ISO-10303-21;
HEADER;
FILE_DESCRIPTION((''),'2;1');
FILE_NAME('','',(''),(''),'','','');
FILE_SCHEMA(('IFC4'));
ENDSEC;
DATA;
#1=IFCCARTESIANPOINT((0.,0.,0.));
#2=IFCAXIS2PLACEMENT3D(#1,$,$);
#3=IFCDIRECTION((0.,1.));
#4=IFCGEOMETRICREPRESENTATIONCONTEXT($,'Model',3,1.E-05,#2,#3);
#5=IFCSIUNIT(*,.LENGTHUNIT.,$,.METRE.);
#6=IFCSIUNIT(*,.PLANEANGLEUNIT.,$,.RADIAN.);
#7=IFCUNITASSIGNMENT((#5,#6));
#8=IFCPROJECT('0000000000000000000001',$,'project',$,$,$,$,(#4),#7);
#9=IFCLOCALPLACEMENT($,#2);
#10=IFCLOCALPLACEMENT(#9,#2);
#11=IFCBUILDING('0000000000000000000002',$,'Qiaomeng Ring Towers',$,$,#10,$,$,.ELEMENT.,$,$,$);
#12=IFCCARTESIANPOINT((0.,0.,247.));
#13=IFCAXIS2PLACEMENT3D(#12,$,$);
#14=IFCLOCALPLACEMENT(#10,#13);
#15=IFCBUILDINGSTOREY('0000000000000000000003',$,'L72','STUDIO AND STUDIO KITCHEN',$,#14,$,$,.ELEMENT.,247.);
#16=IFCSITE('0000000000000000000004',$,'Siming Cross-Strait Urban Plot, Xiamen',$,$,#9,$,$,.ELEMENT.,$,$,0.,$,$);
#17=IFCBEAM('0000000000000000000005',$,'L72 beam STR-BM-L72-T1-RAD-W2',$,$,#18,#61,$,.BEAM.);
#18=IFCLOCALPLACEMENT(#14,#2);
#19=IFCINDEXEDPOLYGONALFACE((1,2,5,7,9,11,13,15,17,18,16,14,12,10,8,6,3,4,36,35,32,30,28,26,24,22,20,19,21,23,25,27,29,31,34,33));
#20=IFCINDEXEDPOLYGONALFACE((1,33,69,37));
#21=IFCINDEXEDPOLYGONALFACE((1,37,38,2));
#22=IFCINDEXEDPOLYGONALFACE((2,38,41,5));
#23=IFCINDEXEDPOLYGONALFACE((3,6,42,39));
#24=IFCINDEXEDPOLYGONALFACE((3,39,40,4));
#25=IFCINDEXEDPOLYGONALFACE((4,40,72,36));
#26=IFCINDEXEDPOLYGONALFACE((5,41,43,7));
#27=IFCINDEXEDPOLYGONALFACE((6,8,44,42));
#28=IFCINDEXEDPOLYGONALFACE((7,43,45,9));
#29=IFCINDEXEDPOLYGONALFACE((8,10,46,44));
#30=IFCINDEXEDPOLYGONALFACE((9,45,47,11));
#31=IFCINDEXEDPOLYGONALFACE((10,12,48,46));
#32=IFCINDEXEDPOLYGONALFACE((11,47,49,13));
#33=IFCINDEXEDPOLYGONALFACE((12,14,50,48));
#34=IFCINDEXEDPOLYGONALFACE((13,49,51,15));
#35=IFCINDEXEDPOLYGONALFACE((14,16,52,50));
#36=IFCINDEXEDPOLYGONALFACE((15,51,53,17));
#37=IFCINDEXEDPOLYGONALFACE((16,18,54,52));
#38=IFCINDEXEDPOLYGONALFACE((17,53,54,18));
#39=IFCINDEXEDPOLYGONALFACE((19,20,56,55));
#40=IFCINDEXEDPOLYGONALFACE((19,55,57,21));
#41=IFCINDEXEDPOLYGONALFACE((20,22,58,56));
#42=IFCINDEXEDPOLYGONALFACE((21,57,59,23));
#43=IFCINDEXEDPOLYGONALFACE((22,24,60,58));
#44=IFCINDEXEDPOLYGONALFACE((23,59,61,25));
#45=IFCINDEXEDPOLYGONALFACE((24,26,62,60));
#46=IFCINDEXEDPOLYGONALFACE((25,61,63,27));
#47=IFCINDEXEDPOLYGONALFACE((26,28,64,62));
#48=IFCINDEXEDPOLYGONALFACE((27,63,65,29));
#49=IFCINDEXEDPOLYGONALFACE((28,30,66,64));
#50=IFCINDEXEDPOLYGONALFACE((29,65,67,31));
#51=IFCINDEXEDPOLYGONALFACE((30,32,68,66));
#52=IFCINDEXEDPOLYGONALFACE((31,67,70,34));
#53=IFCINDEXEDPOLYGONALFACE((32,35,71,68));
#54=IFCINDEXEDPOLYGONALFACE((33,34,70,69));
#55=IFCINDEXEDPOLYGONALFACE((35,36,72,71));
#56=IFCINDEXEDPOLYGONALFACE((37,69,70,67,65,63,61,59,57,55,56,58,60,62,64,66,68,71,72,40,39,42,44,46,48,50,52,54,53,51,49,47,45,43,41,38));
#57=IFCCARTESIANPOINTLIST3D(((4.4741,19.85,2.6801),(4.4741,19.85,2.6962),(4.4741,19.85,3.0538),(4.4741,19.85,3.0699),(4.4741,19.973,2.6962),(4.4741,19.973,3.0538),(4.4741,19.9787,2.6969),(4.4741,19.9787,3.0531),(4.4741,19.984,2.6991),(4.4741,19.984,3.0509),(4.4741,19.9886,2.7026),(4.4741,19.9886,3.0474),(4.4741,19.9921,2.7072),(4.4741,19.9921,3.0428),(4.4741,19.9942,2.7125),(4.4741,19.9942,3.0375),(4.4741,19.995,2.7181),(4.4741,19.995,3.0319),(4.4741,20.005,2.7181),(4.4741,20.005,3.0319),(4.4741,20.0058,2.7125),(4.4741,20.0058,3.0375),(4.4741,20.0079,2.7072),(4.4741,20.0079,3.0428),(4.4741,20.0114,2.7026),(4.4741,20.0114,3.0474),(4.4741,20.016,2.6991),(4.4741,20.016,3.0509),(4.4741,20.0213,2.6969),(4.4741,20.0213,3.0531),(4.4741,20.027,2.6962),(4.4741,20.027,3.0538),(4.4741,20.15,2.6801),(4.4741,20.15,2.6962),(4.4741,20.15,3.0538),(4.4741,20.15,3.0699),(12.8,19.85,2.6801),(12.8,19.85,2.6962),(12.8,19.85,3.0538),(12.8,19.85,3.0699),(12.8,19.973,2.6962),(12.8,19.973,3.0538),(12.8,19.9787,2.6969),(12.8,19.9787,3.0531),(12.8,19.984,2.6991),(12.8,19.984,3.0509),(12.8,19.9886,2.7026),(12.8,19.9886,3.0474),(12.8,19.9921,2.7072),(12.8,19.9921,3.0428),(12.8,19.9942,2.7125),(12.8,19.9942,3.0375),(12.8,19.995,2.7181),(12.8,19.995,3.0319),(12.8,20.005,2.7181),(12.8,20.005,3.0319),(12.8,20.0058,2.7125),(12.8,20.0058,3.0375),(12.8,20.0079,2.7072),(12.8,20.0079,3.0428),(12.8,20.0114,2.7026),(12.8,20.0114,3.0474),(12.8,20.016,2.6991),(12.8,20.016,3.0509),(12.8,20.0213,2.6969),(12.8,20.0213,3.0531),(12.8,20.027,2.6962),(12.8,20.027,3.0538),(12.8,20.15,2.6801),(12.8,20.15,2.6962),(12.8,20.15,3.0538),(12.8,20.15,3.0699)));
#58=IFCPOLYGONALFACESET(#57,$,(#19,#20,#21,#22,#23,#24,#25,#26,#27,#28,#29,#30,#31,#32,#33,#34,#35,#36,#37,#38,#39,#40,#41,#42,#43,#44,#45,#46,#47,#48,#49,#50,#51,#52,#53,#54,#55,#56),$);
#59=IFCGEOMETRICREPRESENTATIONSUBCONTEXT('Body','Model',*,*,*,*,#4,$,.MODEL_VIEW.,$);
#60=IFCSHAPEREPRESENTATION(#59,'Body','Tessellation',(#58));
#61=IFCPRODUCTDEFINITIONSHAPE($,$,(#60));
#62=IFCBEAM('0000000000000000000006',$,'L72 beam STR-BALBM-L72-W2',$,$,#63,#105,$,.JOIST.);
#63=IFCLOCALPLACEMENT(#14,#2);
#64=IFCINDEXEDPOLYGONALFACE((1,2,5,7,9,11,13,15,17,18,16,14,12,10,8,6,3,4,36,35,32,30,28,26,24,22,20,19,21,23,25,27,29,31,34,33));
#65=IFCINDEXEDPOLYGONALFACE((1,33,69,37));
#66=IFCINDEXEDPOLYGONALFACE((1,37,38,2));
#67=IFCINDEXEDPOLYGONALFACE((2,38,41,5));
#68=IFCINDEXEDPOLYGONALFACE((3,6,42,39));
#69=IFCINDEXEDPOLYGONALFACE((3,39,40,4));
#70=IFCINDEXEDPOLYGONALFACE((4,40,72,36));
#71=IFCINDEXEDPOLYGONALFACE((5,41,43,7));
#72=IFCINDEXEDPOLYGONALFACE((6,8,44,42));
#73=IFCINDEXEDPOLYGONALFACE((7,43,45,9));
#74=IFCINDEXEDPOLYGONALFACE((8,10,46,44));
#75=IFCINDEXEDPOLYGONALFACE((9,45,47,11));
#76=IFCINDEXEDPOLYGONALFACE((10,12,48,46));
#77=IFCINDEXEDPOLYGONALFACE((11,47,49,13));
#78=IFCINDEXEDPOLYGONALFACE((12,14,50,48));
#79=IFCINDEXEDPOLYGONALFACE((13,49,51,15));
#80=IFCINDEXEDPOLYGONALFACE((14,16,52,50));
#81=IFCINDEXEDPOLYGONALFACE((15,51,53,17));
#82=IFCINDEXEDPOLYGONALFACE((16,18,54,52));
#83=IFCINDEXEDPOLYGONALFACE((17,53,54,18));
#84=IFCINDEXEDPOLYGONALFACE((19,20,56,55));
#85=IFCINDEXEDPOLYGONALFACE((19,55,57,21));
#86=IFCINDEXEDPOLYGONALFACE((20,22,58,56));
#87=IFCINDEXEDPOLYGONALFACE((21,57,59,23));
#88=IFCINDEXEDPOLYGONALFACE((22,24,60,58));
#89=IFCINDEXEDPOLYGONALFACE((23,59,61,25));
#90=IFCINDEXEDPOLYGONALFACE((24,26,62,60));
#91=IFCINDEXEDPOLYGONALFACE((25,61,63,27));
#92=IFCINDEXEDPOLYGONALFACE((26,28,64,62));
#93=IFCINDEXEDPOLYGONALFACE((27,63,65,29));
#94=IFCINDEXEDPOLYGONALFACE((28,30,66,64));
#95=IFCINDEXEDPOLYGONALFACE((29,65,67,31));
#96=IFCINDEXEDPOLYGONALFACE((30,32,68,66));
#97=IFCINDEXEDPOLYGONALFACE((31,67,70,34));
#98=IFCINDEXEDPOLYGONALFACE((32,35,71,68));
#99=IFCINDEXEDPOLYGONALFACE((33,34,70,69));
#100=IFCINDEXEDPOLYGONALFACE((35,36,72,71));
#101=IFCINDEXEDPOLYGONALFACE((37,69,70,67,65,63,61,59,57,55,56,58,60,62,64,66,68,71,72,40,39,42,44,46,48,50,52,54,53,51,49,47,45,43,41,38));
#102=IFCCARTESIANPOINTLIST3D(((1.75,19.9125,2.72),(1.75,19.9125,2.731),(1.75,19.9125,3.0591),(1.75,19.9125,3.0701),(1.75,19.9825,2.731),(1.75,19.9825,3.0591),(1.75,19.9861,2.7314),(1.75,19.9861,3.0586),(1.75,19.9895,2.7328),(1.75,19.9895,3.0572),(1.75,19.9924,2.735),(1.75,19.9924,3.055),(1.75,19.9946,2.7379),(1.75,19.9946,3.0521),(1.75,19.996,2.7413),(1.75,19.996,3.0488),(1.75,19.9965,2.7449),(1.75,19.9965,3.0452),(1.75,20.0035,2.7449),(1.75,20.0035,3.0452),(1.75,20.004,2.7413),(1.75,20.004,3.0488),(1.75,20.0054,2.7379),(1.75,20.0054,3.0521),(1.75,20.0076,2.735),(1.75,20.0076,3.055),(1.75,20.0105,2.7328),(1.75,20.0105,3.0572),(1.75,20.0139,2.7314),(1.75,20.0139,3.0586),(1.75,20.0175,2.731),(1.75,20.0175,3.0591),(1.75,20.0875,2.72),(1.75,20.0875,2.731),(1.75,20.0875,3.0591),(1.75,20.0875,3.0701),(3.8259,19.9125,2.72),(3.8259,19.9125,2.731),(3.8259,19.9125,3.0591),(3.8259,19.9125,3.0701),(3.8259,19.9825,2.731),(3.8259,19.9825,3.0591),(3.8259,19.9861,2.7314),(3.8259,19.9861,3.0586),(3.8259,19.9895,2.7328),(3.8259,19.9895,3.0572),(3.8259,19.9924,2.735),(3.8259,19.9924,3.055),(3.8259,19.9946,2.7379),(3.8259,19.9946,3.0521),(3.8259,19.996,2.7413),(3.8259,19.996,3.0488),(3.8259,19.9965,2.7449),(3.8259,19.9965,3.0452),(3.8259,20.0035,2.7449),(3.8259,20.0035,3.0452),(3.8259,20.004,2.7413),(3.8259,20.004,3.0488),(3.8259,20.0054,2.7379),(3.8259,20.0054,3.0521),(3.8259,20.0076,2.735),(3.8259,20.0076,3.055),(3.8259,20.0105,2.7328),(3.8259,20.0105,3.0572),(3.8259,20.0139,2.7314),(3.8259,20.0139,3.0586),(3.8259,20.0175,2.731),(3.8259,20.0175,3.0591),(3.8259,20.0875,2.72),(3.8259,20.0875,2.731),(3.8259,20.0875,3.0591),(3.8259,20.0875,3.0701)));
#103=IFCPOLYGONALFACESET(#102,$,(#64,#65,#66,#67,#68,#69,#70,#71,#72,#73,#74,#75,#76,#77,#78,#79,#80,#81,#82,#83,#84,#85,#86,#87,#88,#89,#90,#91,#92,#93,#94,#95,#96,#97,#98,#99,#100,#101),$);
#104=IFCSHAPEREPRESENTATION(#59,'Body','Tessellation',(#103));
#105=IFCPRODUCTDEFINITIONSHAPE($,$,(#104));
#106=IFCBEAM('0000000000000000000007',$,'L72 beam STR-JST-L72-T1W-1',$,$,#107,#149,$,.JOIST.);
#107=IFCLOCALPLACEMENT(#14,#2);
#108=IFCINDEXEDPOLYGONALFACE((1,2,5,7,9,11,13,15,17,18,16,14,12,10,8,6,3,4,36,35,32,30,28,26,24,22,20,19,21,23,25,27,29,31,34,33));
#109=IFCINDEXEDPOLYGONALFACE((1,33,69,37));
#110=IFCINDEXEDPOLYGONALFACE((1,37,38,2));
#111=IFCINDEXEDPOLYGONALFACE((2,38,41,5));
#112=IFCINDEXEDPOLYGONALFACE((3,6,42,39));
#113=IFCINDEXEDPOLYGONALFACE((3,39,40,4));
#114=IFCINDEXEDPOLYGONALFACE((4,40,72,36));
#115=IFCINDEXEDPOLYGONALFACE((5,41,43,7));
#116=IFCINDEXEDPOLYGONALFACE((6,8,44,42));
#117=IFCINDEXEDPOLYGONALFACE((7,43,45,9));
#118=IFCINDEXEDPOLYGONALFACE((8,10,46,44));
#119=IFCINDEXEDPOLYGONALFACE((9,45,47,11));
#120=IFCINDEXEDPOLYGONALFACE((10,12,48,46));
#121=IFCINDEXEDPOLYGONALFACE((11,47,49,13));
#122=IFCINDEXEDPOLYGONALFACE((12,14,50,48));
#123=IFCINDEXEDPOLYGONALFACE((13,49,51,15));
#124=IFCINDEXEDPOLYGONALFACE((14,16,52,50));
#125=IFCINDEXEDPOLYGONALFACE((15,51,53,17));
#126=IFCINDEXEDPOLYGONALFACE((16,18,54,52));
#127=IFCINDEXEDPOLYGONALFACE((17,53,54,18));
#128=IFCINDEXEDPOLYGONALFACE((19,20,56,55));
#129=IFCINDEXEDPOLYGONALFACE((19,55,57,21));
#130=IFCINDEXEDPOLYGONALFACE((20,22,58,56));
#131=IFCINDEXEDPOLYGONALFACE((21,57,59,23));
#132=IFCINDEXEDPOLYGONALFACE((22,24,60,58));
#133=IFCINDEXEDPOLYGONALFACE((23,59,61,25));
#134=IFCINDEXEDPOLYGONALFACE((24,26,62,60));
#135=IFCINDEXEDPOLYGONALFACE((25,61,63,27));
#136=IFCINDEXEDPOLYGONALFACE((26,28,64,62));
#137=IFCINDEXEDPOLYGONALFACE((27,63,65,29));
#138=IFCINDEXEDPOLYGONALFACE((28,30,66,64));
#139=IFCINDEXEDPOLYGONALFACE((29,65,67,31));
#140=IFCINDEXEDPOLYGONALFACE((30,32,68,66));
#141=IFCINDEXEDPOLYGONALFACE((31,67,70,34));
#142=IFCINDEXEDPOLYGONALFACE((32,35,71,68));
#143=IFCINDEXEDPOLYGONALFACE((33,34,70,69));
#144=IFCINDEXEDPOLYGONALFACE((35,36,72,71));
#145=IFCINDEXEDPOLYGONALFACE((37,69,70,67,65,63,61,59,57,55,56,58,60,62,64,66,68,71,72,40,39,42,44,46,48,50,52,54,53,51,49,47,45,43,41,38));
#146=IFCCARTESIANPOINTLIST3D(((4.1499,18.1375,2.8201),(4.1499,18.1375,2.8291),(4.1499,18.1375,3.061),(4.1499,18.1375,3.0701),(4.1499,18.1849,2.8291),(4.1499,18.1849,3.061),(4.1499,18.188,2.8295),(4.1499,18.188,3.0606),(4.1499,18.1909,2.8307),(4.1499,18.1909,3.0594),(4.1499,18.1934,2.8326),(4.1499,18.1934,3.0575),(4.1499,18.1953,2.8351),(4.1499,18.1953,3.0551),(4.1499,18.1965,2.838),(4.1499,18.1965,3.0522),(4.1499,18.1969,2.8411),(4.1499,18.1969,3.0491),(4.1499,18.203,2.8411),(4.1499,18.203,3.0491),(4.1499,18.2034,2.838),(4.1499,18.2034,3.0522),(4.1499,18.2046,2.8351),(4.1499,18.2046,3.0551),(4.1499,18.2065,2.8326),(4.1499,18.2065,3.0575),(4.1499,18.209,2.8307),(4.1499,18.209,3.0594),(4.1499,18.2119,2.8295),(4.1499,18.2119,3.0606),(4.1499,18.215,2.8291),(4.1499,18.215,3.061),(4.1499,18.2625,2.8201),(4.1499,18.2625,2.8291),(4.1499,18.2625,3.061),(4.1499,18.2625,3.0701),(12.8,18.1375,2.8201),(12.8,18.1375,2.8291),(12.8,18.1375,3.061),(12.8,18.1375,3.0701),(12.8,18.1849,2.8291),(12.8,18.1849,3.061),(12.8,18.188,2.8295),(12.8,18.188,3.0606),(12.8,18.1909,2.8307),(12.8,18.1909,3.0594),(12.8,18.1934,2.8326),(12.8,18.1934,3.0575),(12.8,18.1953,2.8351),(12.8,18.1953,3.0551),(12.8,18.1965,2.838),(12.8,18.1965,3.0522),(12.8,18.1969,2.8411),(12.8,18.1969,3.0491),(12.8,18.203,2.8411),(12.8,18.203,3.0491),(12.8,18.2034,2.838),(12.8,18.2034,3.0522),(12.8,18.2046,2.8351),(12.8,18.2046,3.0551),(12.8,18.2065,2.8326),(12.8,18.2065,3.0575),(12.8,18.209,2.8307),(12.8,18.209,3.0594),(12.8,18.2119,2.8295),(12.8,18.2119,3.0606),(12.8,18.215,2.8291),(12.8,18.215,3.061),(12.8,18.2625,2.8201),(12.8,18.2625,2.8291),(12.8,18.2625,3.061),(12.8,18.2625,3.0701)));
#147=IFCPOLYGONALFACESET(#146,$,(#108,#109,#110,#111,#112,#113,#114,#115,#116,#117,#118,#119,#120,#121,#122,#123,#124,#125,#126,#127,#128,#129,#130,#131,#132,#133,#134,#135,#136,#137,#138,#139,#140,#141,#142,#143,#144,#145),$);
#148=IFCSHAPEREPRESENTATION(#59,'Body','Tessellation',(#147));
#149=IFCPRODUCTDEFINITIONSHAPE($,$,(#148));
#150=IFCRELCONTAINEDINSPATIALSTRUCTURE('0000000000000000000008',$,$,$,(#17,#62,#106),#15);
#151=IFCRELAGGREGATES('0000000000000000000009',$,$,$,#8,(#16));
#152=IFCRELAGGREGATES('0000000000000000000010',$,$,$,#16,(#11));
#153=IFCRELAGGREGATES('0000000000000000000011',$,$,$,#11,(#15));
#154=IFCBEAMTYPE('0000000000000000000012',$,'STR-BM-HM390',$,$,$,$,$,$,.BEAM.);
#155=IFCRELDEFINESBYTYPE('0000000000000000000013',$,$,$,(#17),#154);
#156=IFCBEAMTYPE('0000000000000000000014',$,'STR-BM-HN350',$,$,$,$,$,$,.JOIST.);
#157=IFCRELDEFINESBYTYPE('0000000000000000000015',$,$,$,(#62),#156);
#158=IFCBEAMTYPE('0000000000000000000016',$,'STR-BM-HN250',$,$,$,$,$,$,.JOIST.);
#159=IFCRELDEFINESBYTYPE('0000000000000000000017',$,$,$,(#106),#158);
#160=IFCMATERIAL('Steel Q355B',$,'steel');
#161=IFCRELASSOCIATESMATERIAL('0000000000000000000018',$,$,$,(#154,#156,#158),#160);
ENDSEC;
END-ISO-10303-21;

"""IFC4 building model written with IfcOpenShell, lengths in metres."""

from ifc_helpers import new_model, si_unit, direction, frame, origin, origin_2d, place, context, subcontext, project, spatial, i_section, extrude, source, transform, mapped, material, material_profile, profile_set, type_object, element, save


model = new_model("IFC4")

# Units and contexts
model_context = context("Model", 3, precision=1e-05, world=origin(), true_north=direction((0.0, 1.0)))
body_context = subcontext(model_context, "Body", "Model", "MODEL_VIEW")
ifc_project = project(units=[si_unit("LENGTHUNIT", "METRE"), si_unit("PLANEANGLEUNIT", "RADIAN")], contexts=[model_context])

# Site, building, storey
site_placement = place(None, origin())
site = spatial("IfcSite", under=ifc_project, at=site_placement, Name="Siming Cross-Strait Urban Plot, Xiamen", CompositionType="ELEMENT", RefElevation=0.0)
building_placement = place(site_placement, origin())
building = spatial("IfcBuilding", under=site, at=building_placement, Name="Qiaomeng Ring Towers", CompositionType="ELEMENT")
storey_placement = place(building_placement, frame((0.0, 0.0, 247.0)))
storey = spatial("IfcBuildingStorey", under=building, at=storey_placement, Name="L72", Description="STUDIO AND STUDIO KITCHEN", CompositionType="ELEMENT", Elevation=247.0)

# Beams
ifc_material_1 = material(Name="Steel Q355B", Category="steel")
ifc_material_profile_1 = material_profile(ifc_material_1, i_section(OverallWidth=0.3, OverallDepth=0.3899, WebThickness=0.01, FlangeThickness=0.0161, FilletRadius=0.022, at=origin_2d()), Name="HM 390x300x10x16")
ifc_profile_set_1 = profile_set([ifc_material_profile_1], Name="Steel Q355B")
beam_type_1 = type_object("IfcBeamType", Name="STR-BM-HM390", PredefinedType="BEAM", material=ifc_profile_set_1)
shared_shape_1 = source(origin(), body_context, "Body", "SweptSolid", [
    extrude(i_section(OverallWidth=0.3, OverallDepth=0.3899, WebThickness=0.01, FlangeThickness=0.0161, FilletRadius=0.022, at=origin_2d()), origin(), (0.0, 0.0, 1.0), 8.3259),
])
beam_1_placement = place(storey_placement, frame((4.4741, 20.0, 2.875), z_axis=(1.0, 0.0, 0.0), x_axis=(0.0, 1.0, 0.0)))
element("IfcBeam", 1, at=beam_1_placement, inside=storey, type_object=beam_type_1, Name="L72 beam STR-BM-L72-T1-RAD-W2", PredefinedType="BEAM", context=body_context, shape_type="MappedRepresentation", body=[
    mapped(shared_shape_1, transform((0.0, 0.0, 0.0), x_axis=(1.0, 0.0, 0.0), y_axis=(0.0, 1.0, 0.0), z_axis=(0.0, 0.0, 1.0), scale=1.0)),
])
ifc_material_profile_2 = material_profile(ifc_material_1, i_section(OverallWidth=0.175, OverallDepth=0.3501, WebThickness=0.0071, FlangeThickness=0.011, FilletRadius=0.0139, at=origin_2d()), Name="HN 350x175x7x11")
ifc_profile_set_2 = profile_set([ifc_material_profile_2], Name="Steel Q355B")
beam_type_2 = type_object("IfcBeamType", Name="STR-BM-HN350", PredefinedType="JOIST", material=ifc_profile_set_2)
shared_shape_2 = source(origin(), body_context, "Body", "SweptSolid", [
    extrude(i_section(OverallWidth=0.175, OverallDepth=0.3501, WebThickness=0.0071, FlangeThickness=0.011, FilletRadius=0.0139, at=origin_2d()), origin(), (0.0, 0.0, 1.0), 2.0759),
])
beam_2_placement = place(storey_placement, frame((1.75, 20.0, 2.895), z_axis=(1.0, 0.0, 0.0), x_axis=(0.0, 1.0, 0.0)))
element("IfcBeam", 2, at=beam_2_placement, inside=storey, type_object=beam_type_2, Name="L72 beam STR-BALBM-L72-W2", PredefinedType="JOIST", context=body_context, shape_type="MappedRepresentation", body=[
    mapped(shared_shape_2, transform((0.0, 0.0, 0.0), x_axis=(1.0, 0.0, 0.0), y_axis=(0.0, 1.0, 0.0), z_axis=(0.0, 0.0, 1.0), scale=1.0)),
])
ifc_material_profile_3 = material_profile(ifc_material_1, i_section(OverallWidth=0.125, OverallDepth=0.25, WebThickness=0.0061, FlangeThickness=0.009, FilletRadius=0.012, at=origin_2d()), Name="HN 250x125x6x9")
ifc_profile_set_3 = profile_set([ifc_material_profile_3], Name="Steel Q355B")
beam_type_3 = type_object("IfcBeamType", Name="STR-BM-HN250", PredefinedType="JOIST", material=ifc_profile_set_3)
shared_shape_3 = source(origin(), body_context, "Body", "SweptSolid", [
    extrude(i_section(OverallWidth=0.125, OverallDepth=0.25, WebThickness=0.0061, FlangeThickness=0.009, FilletRadius=0.012, at=origin_2d()), origin(), (0.0, 0.0, 1.0), 8.6501),
])
beam_3_placement = place(storey_placement, frame((4.1499, 18.2, 2.9451), z_axis=(1.0, 0.0, 0.0), x_axis=(0.0, 1.0, 0.0)))
element("IfcBeam", 3, at=beam_3_placement, inside=storey, type_object=beam_type_3, Name="L72 beam STR-JST-L72-T1W-1", PredefinedType="JOIST", context=body_context, shape_type="MappedRepresentation", body=[
    mapped(shared_shape_3, transform((0.0, 0.0, 0.0), x_axis=(1.0, 0.0, 0.0), y_axis=(0.0, 1.0, 0.0), z_axis=(0.0, 0.0, 1.0), scale=1.0)),
])

save(model, "model.ifc")
